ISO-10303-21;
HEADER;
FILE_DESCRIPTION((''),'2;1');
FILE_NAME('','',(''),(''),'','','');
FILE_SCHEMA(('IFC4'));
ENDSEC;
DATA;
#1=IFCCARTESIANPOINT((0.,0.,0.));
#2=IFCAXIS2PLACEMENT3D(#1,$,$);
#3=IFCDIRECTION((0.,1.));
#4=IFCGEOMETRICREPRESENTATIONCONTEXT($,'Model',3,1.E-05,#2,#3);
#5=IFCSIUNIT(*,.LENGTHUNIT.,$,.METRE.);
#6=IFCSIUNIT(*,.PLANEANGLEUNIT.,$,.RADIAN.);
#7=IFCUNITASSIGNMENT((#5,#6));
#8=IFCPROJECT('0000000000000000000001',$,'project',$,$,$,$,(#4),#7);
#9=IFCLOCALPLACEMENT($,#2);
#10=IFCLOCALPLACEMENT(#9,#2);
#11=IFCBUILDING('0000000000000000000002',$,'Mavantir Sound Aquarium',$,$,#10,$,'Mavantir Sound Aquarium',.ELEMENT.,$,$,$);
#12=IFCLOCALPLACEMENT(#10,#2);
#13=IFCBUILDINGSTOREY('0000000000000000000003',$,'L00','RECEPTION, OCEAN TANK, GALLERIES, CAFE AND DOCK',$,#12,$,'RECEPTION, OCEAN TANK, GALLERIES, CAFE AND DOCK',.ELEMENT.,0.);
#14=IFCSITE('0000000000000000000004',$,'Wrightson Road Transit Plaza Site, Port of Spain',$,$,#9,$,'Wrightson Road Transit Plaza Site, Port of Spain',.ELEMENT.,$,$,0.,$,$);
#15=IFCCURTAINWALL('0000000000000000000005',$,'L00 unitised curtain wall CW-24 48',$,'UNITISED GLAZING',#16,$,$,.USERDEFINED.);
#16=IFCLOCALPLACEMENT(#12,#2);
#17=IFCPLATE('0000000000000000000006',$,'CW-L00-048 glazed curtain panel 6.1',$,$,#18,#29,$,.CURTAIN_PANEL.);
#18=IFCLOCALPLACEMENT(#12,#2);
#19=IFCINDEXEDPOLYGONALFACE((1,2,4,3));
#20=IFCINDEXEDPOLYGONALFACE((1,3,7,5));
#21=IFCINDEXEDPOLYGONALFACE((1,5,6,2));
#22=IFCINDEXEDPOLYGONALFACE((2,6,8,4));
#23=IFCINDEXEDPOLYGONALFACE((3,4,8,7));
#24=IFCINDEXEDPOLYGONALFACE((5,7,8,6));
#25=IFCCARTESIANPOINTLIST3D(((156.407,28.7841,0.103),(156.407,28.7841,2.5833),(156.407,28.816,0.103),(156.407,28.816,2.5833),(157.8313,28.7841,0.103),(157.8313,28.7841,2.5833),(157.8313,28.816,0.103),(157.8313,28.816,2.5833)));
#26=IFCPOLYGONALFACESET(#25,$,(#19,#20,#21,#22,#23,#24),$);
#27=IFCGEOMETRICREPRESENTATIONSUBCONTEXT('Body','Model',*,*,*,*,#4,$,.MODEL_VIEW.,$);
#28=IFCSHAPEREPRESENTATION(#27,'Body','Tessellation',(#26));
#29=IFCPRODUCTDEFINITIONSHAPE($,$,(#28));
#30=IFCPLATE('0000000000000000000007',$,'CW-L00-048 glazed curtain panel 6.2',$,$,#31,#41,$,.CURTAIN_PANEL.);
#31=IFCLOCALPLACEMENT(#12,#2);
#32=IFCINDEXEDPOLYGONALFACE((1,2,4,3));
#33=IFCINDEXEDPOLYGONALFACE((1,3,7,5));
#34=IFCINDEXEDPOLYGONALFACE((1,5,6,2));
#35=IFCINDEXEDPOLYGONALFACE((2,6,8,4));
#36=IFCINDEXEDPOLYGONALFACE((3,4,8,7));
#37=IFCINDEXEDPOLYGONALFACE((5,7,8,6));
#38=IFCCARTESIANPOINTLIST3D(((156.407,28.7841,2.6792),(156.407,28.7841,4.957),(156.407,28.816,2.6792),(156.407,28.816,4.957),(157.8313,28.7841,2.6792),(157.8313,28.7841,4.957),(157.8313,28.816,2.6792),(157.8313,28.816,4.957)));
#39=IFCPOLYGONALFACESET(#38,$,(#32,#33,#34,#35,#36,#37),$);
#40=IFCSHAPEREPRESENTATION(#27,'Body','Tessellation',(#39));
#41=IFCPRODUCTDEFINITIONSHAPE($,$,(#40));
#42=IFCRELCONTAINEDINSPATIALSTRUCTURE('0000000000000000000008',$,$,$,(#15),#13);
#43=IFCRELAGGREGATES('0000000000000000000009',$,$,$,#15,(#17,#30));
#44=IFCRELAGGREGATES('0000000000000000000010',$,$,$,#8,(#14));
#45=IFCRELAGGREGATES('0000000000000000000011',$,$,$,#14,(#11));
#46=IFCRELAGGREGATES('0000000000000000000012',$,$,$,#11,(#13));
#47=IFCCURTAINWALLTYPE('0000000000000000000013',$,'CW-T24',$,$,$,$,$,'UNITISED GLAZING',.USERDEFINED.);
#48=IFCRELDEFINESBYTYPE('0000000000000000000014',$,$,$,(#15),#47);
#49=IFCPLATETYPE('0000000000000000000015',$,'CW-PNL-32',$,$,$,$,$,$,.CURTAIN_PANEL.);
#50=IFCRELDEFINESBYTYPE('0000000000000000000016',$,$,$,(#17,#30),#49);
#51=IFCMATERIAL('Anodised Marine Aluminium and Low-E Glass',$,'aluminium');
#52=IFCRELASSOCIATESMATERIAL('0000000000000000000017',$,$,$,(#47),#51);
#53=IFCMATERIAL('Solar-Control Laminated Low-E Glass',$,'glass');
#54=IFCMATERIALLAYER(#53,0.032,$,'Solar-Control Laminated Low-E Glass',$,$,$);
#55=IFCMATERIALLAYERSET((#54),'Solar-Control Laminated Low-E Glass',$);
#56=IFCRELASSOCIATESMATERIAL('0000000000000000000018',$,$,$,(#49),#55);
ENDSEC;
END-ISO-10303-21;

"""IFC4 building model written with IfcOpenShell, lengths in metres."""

from ifc_helpers import new_model, si_unit, direction, frame, origin, origin_2d, place, context, subcontext, project, spatial, rectangle, extrude, material, layer, layer_set, type_object, element, aggregate, save


model = new_model("IFC4")

# Units and contexts
model_context = context("Model", 3, precision=1e-05, world=origin(), true_north=direction((0.0, 1.0)))
body_context = subcontext(model_context, "Body", "Model", "MODEL_VIEW")
ifc_project = project(units=[si_unit("LENGTHUNIT", "METRE"), si_unit("PLANEANGLEUNIT", "RADIAN")], contexts=[model_context])

# Site, building, storey
site_placement = place(None, origin())
site = spatial("IfcSite", under=ifc_project, at=site_placement, Name="Wrightson Road Transit Plaza Site, Port of Spain", LongName="Wrightson Road Transit Plaza Site, Port of Spain", CompositionType="ELEMENT", RefElevation=0.0)
building_placement = place(site_placement, origin())
building = spatial("IfcBuilding", under=site, at=building_placement, Name="Mavantir Sound Aquarium", LongName="Mavantir Sound Aquarium", CompositionType="ELEMENT")
storey_placement = place(building_placement, origin())
storey = spatial("IfcBuildingStorey", under=building, at=storey_placement, Name="L00", Description="RECEPTION, OCEAN TANK, GALLERIES, CAFE AND DOCK", LongName="RECEPTION, OCEAN TANK, GALLERIES, CAFE AND DOCK", CompositionType="ELEMENT", Elevation=0.0)

# Curtain wall
ifc_material_1 = material(Name="Anodised Marine Aluminium and Low-E Glass", Category="aluminium")
curtain_wall_type_1 = type_object("IfcCurtainWallType", Name="CW-T24", ElementType="UNITISED GLAZING", PredefinedType="USERDEFINED", material=ifc_material_1)
curtain_wall_1_placement = place(storey_placement, origin())
curtain_wall_1 = element("IfcCurtainWall", 1, at=curtain_wall_1_placement, inside=storey, type_object=curtain_wall_type_1, Name="L00 unitised curtain wall CW-24 48", ObjectType="UNITISED GLAZING", PredefinedType="USERDEFINED")

# Plates
ifc_material_2 = material(Name="Solar-Control Laminated Low-E Glass", Category="glass")
ifc_layer_1 = layer(ifc_material_2, 0.032, Name="Solar-Control Laminated Low-E Glass")
ifc_layer_set_1 = layer_set([ifc_layer_1], Name="Solar-Control Laminated Low-E Glass")
plate_type_1 = type_object("IfcPlateType", Name="CW-PNL-32", PredefinedType="CURTAIN_PANEL", material=ifc_layer_set_1)
plate_1_placement = place(storey_placement, frame((157.1191, 28.8, 0.103), z_axis=(0.0, 0.0, 1.0), x_axis=(-1.0, 0.0, 0.0)))
plate_1 = element("IfcPlate", 2, at=plate_1_placement, type_object=plate_type_1, Name="CW-L00-048 glazed curtain panel 6.1", PredefinedType="CURTAIN_PANEL", context=body_context, shape_type="SweptSolid", body=[
    extrude(rectangle(XDim=1.4243, YDim=0.032, at=origin_2d()), origin(), (0.0, 0.0, 1.0), 2.4802),
])
plate_2_placement = place(storey_placement, frame((157.1191, 28.8, 2.6792), z_axis=(0.0, 0.0, 1.0), x_axis=(-1.0, 0.0, 0.0)))
plate_2 = element("IfcPlate", 3, at=plate_2_placement, type_object=plate_type_1, Name="CW-L00-048 glazed curtain panel 6.2", PredefinedType="CURTAIN_PANEL", context=body_context, shape_type="SweptSolid", body=[
    extrude(rectangle(XDim=1.4243, YDim=0.032, at=origin_2d()), origin(), (0.0, 0.0, 1.0), 2.2778),
])
aggregate(curtain_wall_1, [plate_1, plate_2])

save(model, "model.ifc")
